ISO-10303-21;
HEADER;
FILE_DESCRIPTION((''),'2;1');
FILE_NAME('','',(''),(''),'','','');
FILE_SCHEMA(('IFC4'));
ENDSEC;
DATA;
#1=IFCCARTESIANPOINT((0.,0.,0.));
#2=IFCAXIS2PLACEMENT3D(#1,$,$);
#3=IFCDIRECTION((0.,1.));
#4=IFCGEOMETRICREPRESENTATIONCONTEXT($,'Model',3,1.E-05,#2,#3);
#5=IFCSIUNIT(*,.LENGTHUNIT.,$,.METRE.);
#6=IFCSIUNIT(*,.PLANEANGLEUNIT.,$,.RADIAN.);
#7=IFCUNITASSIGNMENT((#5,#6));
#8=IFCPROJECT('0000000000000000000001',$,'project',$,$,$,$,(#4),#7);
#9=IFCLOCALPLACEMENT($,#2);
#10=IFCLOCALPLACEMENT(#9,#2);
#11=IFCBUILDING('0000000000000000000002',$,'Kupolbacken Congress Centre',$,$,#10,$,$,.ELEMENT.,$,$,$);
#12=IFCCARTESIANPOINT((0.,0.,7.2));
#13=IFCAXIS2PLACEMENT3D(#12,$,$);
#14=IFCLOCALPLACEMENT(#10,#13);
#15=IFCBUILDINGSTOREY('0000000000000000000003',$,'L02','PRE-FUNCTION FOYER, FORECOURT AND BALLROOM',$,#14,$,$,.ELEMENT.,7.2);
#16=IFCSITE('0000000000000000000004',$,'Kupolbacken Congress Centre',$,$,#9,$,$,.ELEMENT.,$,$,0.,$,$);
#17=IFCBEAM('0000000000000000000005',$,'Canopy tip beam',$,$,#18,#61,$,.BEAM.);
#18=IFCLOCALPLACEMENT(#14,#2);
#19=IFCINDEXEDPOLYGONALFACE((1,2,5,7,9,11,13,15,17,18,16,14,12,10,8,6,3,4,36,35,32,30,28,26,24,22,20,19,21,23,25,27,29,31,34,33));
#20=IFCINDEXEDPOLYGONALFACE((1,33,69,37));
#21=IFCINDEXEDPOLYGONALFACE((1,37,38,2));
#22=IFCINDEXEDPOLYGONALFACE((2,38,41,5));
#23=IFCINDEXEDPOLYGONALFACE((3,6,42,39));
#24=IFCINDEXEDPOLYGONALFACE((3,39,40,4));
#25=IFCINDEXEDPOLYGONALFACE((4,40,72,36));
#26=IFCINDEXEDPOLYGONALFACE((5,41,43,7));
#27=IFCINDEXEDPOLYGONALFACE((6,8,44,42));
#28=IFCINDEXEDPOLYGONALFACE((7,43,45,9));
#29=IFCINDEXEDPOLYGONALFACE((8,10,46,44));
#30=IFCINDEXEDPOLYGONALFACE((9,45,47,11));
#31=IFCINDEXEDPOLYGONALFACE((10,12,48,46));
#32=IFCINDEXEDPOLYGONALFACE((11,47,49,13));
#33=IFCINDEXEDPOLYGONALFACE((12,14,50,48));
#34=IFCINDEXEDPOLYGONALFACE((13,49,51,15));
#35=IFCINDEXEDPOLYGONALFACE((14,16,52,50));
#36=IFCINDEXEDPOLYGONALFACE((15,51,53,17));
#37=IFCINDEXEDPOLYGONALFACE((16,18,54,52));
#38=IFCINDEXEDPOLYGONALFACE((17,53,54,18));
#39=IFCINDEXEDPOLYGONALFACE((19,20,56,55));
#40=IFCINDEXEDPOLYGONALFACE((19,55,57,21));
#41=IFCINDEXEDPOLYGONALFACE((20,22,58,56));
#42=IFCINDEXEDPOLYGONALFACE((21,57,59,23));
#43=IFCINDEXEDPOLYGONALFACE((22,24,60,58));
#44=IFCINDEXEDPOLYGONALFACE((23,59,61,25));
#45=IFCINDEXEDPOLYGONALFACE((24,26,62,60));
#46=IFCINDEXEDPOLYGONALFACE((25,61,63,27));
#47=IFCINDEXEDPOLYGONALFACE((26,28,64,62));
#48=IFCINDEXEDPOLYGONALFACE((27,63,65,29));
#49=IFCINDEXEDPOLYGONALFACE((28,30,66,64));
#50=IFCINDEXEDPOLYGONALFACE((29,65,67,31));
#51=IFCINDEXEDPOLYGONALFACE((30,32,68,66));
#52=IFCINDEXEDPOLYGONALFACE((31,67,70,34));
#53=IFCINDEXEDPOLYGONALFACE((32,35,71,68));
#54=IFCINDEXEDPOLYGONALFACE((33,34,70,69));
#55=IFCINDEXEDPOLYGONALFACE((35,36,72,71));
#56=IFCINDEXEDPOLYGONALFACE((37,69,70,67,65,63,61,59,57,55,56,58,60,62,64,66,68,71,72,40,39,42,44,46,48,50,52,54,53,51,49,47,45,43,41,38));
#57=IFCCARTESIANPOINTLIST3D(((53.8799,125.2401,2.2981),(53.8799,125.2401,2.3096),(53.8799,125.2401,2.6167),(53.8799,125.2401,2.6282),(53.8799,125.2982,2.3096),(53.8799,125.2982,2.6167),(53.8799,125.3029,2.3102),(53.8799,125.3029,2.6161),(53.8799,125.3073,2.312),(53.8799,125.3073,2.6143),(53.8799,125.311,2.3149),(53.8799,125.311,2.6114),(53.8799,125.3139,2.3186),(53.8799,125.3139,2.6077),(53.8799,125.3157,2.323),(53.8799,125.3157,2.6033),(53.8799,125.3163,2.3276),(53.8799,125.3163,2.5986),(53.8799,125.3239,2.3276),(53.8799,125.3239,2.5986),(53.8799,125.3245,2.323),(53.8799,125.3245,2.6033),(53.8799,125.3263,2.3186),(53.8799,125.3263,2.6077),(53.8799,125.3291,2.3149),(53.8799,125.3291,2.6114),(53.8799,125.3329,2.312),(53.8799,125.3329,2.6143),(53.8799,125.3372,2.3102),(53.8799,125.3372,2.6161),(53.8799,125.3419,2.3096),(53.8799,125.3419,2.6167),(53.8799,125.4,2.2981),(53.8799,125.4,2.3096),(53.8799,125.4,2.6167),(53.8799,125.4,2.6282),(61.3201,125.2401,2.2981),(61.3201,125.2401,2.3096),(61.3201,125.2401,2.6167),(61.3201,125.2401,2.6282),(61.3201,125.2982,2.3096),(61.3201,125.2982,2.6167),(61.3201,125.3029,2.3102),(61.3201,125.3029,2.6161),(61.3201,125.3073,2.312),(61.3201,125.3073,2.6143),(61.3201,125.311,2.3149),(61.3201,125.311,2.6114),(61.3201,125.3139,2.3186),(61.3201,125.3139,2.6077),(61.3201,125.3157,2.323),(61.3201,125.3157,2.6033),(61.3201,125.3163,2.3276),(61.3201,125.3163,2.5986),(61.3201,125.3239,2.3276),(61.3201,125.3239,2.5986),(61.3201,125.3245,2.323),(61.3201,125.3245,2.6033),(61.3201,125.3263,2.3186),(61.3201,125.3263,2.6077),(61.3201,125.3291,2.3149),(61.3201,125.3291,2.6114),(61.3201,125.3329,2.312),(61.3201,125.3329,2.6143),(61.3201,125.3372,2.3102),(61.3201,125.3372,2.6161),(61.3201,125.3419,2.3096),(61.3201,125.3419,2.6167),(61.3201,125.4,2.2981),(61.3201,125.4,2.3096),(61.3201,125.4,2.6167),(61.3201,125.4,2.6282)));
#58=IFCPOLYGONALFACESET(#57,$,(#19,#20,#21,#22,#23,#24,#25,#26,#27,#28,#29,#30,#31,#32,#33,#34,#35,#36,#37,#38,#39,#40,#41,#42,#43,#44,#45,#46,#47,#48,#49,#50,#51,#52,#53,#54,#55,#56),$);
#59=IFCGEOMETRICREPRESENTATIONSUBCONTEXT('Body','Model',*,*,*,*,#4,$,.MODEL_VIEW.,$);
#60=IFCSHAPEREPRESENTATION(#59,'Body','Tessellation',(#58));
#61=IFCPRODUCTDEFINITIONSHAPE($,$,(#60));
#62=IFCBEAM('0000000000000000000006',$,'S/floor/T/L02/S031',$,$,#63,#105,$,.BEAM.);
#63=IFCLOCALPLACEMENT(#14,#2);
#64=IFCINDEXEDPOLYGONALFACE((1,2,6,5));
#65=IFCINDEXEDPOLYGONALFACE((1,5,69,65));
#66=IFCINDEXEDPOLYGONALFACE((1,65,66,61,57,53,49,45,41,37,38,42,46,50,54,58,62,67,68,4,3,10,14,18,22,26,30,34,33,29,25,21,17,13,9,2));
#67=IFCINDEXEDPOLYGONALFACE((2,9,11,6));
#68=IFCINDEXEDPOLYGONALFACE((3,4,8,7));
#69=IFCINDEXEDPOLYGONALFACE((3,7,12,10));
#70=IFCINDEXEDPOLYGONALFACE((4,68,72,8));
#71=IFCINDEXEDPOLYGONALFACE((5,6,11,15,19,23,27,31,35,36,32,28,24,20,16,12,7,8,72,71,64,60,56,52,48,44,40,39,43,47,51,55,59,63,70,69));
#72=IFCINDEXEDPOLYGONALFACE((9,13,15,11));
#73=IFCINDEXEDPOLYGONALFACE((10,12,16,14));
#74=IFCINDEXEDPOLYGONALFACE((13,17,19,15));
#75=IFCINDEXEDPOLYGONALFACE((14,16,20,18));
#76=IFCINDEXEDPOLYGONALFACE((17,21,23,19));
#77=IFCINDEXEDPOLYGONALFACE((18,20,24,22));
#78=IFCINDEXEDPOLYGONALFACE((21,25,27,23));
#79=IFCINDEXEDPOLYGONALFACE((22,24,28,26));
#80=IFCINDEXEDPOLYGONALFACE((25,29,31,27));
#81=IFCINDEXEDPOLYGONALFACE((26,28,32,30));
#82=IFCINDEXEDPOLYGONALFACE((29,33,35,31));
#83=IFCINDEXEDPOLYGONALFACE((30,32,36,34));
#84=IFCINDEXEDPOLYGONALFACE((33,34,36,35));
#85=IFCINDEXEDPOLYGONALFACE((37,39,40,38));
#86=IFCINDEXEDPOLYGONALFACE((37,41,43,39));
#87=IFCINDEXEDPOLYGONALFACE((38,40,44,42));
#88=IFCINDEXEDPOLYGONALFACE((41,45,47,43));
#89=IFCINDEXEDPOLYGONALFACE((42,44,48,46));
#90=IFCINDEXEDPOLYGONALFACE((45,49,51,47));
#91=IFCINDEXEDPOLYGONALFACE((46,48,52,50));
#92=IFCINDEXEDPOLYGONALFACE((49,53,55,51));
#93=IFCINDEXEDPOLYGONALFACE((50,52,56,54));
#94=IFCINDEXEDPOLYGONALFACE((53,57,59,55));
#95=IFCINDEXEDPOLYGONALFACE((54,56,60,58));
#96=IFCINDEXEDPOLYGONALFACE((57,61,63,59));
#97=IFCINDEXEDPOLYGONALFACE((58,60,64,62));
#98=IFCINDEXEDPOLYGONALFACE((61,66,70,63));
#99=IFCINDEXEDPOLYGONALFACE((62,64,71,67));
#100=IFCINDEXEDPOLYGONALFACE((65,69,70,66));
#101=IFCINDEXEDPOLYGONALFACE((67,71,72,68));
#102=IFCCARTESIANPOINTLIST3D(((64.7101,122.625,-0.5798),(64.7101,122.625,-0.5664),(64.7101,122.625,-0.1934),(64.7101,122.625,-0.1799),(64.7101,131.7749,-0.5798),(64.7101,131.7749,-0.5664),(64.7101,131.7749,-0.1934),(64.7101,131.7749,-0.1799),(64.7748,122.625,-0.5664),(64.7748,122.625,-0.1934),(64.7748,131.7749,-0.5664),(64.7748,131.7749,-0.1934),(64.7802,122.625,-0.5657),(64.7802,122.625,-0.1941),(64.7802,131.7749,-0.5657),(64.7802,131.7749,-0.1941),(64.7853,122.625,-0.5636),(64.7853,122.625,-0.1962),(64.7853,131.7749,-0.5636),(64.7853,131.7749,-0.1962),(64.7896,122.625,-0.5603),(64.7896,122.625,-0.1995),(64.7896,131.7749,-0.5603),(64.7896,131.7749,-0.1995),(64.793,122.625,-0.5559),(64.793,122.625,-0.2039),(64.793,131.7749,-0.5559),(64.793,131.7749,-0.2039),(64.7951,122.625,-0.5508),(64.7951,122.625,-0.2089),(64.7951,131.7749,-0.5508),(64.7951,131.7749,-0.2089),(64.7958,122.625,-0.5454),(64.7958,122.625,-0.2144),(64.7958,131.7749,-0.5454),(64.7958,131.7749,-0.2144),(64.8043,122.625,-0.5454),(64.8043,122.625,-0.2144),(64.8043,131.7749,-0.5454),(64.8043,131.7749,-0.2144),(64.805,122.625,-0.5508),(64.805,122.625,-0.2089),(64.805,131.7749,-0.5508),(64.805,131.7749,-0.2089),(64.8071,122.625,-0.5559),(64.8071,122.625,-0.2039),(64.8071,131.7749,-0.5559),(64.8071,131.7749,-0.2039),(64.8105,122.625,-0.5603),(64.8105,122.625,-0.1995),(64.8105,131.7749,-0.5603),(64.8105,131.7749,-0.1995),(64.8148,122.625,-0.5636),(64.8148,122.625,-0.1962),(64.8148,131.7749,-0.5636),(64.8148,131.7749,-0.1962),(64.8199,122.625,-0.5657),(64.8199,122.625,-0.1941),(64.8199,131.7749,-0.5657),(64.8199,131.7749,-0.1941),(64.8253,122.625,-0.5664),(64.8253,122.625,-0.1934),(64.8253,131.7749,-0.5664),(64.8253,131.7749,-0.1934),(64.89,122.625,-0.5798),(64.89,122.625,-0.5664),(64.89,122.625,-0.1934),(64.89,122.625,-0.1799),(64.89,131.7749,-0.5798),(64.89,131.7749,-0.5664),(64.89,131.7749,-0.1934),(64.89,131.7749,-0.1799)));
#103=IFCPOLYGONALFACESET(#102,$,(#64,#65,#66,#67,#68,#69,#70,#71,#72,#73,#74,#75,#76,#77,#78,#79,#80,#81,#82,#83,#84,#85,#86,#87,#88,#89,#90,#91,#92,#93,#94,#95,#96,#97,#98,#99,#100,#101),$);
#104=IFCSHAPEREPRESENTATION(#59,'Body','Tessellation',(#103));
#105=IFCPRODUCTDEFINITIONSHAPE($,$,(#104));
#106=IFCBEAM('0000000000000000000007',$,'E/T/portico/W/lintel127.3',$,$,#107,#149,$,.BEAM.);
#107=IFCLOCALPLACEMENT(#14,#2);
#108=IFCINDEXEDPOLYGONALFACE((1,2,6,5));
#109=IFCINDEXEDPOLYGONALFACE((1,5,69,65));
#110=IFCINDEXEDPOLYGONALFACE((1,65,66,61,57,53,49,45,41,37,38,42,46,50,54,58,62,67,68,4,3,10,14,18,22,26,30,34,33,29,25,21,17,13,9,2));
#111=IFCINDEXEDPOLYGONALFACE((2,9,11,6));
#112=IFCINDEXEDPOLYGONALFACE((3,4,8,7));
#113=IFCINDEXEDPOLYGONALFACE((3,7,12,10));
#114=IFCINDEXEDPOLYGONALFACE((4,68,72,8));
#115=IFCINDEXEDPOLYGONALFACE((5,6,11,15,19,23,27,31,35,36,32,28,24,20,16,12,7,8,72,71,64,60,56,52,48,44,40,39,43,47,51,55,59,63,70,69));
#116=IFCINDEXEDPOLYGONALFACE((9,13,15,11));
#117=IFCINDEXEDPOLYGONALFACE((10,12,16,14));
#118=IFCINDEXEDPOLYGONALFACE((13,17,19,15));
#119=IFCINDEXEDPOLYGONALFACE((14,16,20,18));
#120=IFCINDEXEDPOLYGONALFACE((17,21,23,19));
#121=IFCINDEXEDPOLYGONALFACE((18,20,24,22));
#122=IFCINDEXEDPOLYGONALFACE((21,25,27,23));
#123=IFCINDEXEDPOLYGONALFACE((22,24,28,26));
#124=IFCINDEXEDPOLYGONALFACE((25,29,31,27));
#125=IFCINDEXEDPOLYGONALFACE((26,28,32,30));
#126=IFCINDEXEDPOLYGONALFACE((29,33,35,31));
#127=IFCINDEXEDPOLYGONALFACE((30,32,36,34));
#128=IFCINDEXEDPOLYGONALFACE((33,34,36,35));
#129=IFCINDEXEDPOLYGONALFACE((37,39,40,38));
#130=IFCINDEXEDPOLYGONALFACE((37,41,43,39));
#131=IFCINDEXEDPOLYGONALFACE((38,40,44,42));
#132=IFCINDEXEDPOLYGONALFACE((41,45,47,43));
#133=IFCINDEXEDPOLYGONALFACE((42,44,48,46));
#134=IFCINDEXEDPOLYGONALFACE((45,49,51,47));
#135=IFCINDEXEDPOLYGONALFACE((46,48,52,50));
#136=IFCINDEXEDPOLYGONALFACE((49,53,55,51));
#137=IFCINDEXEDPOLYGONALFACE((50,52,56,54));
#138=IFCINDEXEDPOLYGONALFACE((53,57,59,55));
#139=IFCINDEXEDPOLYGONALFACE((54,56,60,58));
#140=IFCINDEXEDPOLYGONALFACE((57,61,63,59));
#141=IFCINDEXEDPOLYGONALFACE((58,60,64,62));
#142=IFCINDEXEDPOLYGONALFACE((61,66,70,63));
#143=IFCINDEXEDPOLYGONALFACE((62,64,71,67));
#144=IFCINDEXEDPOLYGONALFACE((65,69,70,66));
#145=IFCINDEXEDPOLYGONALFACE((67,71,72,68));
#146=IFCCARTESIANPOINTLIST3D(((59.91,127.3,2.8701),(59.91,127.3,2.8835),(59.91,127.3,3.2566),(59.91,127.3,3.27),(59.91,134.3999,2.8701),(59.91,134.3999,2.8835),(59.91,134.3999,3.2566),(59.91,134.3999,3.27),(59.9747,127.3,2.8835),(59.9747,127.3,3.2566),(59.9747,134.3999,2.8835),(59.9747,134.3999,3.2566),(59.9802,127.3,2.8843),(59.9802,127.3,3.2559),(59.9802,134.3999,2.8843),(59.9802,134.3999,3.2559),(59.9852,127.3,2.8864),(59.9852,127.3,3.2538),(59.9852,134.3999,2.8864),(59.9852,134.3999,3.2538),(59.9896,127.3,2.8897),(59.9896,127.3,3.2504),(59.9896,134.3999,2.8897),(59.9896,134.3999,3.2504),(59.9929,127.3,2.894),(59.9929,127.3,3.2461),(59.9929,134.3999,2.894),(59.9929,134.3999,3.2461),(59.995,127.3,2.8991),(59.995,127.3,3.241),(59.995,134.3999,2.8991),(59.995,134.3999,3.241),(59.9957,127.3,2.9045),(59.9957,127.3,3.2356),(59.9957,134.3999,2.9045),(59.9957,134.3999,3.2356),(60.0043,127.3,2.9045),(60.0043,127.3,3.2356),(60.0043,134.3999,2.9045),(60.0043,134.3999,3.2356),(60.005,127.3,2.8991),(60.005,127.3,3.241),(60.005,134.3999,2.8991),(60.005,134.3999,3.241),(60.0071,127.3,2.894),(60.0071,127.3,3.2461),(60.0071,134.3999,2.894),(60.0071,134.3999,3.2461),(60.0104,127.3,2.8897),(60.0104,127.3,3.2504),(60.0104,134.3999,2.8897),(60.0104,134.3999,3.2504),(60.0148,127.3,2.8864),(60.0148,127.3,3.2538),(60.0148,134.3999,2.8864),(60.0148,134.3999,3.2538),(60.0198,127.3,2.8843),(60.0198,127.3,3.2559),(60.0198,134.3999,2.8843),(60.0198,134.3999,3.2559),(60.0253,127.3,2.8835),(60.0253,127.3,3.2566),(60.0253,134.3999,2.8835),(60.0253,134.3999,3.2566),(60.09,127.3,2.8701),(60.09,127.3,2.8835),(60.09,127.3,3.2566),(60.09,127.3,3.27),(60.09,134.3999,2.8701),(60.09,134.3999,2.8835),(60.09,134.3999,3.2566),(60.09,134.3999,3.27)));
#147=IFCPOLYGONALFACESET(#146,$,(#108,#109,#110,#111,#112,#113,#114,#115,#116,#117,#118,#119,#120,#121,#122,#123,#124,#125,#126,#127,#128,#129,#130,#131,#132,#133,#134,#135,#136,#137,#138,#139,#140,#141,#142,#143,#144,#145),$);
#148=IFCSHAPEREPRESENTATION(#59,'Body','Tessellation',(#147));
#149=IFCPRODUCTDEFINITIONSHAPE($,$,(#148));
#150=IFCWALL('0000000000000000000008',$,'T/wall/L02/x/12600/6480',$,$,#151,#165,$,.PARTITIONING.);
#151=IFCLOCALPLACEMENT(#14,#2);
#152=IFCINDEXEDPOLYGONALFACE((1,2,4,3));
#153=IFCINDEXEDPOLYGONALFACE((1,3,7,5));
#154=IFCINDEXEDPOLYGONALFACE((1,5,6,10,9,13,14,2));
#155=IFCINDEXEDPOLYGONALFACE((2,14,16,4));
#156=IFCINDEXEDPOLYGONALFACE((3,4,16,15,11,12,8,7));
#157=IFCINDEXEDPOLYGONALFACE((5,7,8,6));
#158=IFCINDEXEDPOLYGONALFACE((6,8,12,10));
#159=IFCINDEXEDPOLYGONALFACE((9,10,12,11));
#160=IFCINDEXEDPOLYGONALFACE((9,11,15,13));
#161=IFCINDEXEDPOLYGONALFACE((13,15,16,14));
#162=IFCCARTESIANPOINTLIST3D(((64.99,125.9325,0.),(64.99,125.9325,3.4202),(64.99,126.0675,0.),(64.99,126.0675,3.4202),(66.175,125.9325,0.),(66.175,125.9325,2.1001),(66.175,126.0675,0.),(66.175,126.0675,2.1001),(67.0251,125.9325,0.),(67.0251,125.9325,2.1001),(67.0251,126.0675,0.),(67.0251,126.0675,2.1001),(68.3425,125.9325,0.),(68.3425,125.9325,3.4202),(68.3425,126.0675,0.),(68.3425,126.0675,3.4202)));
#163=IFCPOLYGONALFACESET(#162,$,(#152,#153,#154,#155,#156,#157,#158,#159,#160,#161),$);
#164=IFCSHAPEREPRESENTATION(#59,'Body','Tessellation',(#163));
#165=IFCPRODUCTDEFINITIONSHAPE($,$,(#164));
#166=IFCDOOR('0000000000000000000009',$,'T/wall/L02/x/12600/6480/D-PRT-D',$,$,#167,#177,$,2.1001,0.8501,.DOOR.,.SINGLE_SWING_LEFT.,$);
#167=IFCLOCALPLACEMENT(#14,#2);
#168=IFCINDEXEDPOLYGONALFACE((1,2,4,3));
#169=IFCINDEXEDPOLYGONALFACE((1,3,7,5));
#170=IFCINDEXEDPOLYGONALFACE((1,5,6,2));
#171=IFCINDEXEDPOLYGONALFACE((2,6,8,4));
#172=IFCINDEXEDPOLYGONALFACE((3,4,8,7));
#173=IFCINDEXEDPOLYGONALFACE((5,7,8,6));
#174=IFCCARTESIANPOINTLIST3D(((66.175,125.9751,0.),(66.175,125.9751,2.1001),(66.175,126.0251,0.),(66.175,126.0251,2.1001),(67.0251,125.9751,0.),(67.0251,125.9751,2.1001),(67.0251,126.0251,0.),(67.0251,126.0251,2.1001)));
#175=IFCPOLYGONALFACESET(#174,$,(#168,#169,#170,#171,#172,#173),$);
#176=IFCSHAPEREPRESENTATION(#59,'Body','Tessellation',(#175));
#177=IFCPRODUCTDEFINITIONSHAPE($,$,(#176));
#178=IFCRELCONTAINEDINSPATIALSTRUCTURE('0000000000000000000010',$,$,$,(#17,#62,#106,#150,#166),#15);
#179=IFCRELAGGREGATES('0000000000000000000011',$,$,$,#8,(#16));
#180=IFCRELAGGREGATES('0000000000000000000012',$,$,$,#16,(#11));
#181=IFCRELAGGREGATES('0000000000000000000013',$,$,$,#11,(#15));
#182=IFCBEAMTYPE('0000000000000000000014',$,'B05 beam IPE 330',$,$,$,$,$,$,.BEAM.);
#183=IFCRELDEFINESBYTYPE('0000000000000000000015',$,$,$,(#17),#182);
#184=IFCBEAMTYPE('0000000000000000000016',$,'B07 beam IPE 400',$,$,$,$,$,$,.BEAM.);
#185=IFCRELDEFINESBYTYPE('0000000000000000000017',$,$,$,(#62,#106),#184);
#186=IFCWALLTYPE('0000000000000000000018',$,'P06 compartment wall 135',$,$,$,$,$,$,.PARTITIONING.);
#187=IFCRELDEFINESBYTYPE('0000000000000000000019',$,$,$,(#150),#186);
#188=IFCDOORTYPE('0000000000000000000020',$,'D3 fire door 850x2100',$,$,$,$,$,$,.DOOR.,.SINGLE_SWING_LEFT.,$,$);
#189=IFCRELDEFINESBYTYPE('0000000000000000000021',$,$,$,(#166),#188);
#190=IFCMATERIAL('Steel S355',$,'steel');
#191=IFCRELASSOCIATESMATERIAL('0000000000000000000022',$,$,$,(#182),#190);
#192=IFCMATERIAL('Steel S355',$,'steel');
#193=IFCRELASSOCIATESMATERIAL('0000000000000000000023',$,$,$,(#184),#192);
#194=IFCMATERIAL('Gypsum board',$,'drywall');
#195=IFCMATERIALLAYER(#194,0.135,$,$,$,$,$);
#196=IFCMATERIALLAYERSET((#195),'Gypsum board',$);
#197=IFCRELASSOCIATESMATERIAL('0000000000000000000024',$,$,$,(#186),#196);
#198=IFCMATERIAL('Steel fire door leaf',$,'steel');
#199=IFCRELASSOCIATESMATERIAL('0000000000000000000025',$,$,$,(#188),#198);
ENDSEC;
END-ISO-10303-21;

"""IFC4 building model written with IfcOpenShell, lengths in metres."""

from ifc_helpers import new_model, si_unit, direction, frame, frame_2d, origin, origin_2d, place, context, subcontext, project, spatial, rectangle, i_section, extrude, material, layer, layer_set, material_profile, profile_set, type_object, element, fill, save


model = new_model("IFC4")

# Units and contexts
model_context = context("Model", 3, precision=1e-05, world=origin(), true_north=direction((0.0, 1.0)))
body_context = subcontext(model_context, "Body", "Model", "MODEL_VIEW")
ifc_project = project(units=[si_unit("LENGTHUNIT", "METRE"), si_unit("PLANEANGLEUNIT", "RADIAN")], contexts=[model_context])

# Site, building, storey
site_placement = place(None, origin())
site = spatial("IfcSite", under=ifc_project, at=site_placement, Name="Kupolbacken Congress Centre", CompositionType="ELEMENT", RefElevation=0.0)
building_placement = place(site_placement, origin())
building = spatial("IfcBuilding", under=site, at=building_placement, Name="Kupolbacken Congress Centre", CompositionType="ELEMENT")
storey_placement = place(building_placement, frame((0.0, 0.0, 7.2)))
storey = spatial("IfcBuildingStorey", under=building, at=storey_placement, Name="L02", Description="PRE-FUNCTION FOYER, FORECOURT AND BALLROOM", CompositionType="ELEMENT", Elevation=7.2)

# Beams
ifc_material_1 = material(Name="Steel S355", Category="steel")
ifc_material_profile_1 = material_profile(ifc_material_1, i_section(OverallWidth=0.1599, OverallDepth=0.3301, WebThickness=0.0076, FlangeThickness=0.0115, FilletRadius=0.0181, at=origin_2d()), Name="IPE 330")
ifc_profile_set_1 = profile_set([ifc_material_profile_1], Name="Steel S355")
beam_type_1 = type_object("IfcBeamType", Name="B05 beam IPE 330", PredefinedType="BEAM", material=ifc_profile_set_1)
beam_1_placement = place(storey_placement, frame((61.3201, 125.3201, 2.4631), z_axis=(-1.0, 0.0, 0.0), x_axis=(0.0, -1.0, 0.0)))
element("IfcBeam", 1, at=beam_1_placement, inside=storey, type_object=beam_type_1, Name="Canopy tip beam", PredefinedType="BEAM", context=body_context, shape_type="SweptSolid", body=[
    extrude(i_section(OverallWidth=0.1599, OverallDepth=0.3301, WebThickness=0.0076, FlangeThickness=0.0115, FilletRadius=0.0181, at=origin_2d()), origin(), (0.0, 0.0, 1.0), 7.4402),
])
ifc_material_2 = material(Name="Steel S355", Category="steel")
ifc_material_profile_2 = material_profile(ifc_material_2, i_section(OverallWidth=0.1799, OverallDepth=0.3999, WebThickness=0.0085, FlangeThickness=0.0134, FilletRadius=0.021, at=origin_2d()), Name="IPE 400")
ifc_profile_set_2 = profile_set([ifc_material_profile_2], Name="Steel S355")
beam_type_2 = type_object("IfcBeamType", Name="B07 beam IPE 400", PredefinedType="BEAM", material=ifc_profile_set_2)
beam_2_placement = place(storey_placement, frame((64.8, 122.625, -0.3799), z_axis=(0.0, 1.0, 0.0), x_axis=(-1.0, 0.0, 0.0)))
element("IfcBeam", 2, at=beam_2_placement, inside=storey, type_object=beam_type_2, Name="S/floor/T/L02/S031", PredefinedType="BEAM", context=body_context, shape_type="SweptSolid", body=[
    extrude(i_section(OverallWidth=0.1799, OverallDepth=0.3999, WebThickness=0.0085, FlangeThickness=0.0134, FilletRadius=0.021, at=origin_2d()), origin(), (0.0, 0.0, 1.0), 9.1499),
])
beam_3_placement = place(storey_placement, frame((60.0, 127.3, 3.0701), z_axis=(0.0, 1.0, 0.0), x_axis=(-1.0, 0.0, 0.0)))
element("IfcBeam", 3, at=beam_3_placement, inside=storey, type_object=beam_type_2, Name="E/T/portico/W/lintel127.3", PredefinedType="BEAM", context=body_context, shape_type="SweptSolid", body=[
    extrude(i_section(OverallWidth=0.1799, OverallDepth=0.3999, WebThickness=0.0085, FlangeThickness=0.0134, FilletRadius=0.021, at=origin_2d()), origin(), (0.0, 0.0, 1.0), 7.0999),
])

# Wall, opening, door
ifc_material_3 = material(Name="Gypsum board", Category="drywall")
ifc_layer_1 = layer(ifc_material_3, 0.135)
ifc_layer_set_1 = layer_set([ifc_layer_1], Name="Gypsum board")
wall_type_1 = type_object("IfcWallType", Name="P06 compartment wall 135", PredefinedType="PARTITIONING", material=ifc_layer_set_1)
wall_1_placement = place(storey_placement, frame((64.99, 126.0, 0.0), z_axis=(0.0, 0.0, 1.0), x_axis=(1.0, 0.0, 0.0)))
wall_1 = element("IfcWall", 4, at=wall_1_placement, inside=storey, type_object=wall_type_1, Name="T/wall/L02/x/12600/6480", PredefinedType="PARTITIONING", context=body_context, shape_type="SweptSolid", body=[
    extrude(rectangle(XDim=3.3525, YDim=0.135, at=frame_2d((1.6763, 0.0))), origin(), (0.0, 0.0, 1.0), 3.4202),
])
opening_1_placement = place(wall_1_placement, frame((1.1851, 0.0, 0.0)))
opening_1 = element("IfcOpeningElement", 5, at=opening_1_placement, cuts=wall_1, PredefinedType="OPENING", context=body_context, shape_type="SweptSolid", body=[
    extrude(rectangle(XDim=0.8501, YDim=2.1001, at=frame_2d((0.425, 1.05))), frame((0.0, 0.0774, 0.0), z_axis=(0.0, -1.0, 0.0), x_axis=(1.0, 0.0, 0.0)), (0.0, 0.0, 1.0), 0.155),
])
ifc_material_4 = material(Name="Steel fire door leaf", Category="steel")
door_type_1 = type_object("IfcDoorType", Name="D3 fire door 850x2100", OperationType="SINGLE_SWING_LEFT", PredefinedType="DOOR", material=ifc_material_4)
door_1_placement = place(opening_1_placement, frame((0.8501, 0.0, 0.0), z_axis=(0.0, 0.0, 1.0), x_axis=(-1.0, 0.0, 0.0)))
door_1 = element("IfcDoor", 6, at=door_1_placement, inside=storey, type_object=door_type_1, Name="T/wall/L02/x/12600/6480/D-PRT-D", OperationType="SINGLE_SWING_LEFT", OverallHeight=2.1001, OverallWidth=0.8501, PredefinedType="DOOR", context=body_context, shape_type="SweptSolid", body=[
    extrude(rectangle(XDim=0.8501, YDim=2.1001, at=frame_2d((0.425, 1.05))), frame((0.0, 0.0249, 0.0), z_axis=(0.0, -1.0, 0.0), x_axis=(1.0, 0.0, 0.0)), (0.0, 0.0, 1.0), 0.05),
])
fill(opening_1, door_1)

save(model, "model.ifc")
